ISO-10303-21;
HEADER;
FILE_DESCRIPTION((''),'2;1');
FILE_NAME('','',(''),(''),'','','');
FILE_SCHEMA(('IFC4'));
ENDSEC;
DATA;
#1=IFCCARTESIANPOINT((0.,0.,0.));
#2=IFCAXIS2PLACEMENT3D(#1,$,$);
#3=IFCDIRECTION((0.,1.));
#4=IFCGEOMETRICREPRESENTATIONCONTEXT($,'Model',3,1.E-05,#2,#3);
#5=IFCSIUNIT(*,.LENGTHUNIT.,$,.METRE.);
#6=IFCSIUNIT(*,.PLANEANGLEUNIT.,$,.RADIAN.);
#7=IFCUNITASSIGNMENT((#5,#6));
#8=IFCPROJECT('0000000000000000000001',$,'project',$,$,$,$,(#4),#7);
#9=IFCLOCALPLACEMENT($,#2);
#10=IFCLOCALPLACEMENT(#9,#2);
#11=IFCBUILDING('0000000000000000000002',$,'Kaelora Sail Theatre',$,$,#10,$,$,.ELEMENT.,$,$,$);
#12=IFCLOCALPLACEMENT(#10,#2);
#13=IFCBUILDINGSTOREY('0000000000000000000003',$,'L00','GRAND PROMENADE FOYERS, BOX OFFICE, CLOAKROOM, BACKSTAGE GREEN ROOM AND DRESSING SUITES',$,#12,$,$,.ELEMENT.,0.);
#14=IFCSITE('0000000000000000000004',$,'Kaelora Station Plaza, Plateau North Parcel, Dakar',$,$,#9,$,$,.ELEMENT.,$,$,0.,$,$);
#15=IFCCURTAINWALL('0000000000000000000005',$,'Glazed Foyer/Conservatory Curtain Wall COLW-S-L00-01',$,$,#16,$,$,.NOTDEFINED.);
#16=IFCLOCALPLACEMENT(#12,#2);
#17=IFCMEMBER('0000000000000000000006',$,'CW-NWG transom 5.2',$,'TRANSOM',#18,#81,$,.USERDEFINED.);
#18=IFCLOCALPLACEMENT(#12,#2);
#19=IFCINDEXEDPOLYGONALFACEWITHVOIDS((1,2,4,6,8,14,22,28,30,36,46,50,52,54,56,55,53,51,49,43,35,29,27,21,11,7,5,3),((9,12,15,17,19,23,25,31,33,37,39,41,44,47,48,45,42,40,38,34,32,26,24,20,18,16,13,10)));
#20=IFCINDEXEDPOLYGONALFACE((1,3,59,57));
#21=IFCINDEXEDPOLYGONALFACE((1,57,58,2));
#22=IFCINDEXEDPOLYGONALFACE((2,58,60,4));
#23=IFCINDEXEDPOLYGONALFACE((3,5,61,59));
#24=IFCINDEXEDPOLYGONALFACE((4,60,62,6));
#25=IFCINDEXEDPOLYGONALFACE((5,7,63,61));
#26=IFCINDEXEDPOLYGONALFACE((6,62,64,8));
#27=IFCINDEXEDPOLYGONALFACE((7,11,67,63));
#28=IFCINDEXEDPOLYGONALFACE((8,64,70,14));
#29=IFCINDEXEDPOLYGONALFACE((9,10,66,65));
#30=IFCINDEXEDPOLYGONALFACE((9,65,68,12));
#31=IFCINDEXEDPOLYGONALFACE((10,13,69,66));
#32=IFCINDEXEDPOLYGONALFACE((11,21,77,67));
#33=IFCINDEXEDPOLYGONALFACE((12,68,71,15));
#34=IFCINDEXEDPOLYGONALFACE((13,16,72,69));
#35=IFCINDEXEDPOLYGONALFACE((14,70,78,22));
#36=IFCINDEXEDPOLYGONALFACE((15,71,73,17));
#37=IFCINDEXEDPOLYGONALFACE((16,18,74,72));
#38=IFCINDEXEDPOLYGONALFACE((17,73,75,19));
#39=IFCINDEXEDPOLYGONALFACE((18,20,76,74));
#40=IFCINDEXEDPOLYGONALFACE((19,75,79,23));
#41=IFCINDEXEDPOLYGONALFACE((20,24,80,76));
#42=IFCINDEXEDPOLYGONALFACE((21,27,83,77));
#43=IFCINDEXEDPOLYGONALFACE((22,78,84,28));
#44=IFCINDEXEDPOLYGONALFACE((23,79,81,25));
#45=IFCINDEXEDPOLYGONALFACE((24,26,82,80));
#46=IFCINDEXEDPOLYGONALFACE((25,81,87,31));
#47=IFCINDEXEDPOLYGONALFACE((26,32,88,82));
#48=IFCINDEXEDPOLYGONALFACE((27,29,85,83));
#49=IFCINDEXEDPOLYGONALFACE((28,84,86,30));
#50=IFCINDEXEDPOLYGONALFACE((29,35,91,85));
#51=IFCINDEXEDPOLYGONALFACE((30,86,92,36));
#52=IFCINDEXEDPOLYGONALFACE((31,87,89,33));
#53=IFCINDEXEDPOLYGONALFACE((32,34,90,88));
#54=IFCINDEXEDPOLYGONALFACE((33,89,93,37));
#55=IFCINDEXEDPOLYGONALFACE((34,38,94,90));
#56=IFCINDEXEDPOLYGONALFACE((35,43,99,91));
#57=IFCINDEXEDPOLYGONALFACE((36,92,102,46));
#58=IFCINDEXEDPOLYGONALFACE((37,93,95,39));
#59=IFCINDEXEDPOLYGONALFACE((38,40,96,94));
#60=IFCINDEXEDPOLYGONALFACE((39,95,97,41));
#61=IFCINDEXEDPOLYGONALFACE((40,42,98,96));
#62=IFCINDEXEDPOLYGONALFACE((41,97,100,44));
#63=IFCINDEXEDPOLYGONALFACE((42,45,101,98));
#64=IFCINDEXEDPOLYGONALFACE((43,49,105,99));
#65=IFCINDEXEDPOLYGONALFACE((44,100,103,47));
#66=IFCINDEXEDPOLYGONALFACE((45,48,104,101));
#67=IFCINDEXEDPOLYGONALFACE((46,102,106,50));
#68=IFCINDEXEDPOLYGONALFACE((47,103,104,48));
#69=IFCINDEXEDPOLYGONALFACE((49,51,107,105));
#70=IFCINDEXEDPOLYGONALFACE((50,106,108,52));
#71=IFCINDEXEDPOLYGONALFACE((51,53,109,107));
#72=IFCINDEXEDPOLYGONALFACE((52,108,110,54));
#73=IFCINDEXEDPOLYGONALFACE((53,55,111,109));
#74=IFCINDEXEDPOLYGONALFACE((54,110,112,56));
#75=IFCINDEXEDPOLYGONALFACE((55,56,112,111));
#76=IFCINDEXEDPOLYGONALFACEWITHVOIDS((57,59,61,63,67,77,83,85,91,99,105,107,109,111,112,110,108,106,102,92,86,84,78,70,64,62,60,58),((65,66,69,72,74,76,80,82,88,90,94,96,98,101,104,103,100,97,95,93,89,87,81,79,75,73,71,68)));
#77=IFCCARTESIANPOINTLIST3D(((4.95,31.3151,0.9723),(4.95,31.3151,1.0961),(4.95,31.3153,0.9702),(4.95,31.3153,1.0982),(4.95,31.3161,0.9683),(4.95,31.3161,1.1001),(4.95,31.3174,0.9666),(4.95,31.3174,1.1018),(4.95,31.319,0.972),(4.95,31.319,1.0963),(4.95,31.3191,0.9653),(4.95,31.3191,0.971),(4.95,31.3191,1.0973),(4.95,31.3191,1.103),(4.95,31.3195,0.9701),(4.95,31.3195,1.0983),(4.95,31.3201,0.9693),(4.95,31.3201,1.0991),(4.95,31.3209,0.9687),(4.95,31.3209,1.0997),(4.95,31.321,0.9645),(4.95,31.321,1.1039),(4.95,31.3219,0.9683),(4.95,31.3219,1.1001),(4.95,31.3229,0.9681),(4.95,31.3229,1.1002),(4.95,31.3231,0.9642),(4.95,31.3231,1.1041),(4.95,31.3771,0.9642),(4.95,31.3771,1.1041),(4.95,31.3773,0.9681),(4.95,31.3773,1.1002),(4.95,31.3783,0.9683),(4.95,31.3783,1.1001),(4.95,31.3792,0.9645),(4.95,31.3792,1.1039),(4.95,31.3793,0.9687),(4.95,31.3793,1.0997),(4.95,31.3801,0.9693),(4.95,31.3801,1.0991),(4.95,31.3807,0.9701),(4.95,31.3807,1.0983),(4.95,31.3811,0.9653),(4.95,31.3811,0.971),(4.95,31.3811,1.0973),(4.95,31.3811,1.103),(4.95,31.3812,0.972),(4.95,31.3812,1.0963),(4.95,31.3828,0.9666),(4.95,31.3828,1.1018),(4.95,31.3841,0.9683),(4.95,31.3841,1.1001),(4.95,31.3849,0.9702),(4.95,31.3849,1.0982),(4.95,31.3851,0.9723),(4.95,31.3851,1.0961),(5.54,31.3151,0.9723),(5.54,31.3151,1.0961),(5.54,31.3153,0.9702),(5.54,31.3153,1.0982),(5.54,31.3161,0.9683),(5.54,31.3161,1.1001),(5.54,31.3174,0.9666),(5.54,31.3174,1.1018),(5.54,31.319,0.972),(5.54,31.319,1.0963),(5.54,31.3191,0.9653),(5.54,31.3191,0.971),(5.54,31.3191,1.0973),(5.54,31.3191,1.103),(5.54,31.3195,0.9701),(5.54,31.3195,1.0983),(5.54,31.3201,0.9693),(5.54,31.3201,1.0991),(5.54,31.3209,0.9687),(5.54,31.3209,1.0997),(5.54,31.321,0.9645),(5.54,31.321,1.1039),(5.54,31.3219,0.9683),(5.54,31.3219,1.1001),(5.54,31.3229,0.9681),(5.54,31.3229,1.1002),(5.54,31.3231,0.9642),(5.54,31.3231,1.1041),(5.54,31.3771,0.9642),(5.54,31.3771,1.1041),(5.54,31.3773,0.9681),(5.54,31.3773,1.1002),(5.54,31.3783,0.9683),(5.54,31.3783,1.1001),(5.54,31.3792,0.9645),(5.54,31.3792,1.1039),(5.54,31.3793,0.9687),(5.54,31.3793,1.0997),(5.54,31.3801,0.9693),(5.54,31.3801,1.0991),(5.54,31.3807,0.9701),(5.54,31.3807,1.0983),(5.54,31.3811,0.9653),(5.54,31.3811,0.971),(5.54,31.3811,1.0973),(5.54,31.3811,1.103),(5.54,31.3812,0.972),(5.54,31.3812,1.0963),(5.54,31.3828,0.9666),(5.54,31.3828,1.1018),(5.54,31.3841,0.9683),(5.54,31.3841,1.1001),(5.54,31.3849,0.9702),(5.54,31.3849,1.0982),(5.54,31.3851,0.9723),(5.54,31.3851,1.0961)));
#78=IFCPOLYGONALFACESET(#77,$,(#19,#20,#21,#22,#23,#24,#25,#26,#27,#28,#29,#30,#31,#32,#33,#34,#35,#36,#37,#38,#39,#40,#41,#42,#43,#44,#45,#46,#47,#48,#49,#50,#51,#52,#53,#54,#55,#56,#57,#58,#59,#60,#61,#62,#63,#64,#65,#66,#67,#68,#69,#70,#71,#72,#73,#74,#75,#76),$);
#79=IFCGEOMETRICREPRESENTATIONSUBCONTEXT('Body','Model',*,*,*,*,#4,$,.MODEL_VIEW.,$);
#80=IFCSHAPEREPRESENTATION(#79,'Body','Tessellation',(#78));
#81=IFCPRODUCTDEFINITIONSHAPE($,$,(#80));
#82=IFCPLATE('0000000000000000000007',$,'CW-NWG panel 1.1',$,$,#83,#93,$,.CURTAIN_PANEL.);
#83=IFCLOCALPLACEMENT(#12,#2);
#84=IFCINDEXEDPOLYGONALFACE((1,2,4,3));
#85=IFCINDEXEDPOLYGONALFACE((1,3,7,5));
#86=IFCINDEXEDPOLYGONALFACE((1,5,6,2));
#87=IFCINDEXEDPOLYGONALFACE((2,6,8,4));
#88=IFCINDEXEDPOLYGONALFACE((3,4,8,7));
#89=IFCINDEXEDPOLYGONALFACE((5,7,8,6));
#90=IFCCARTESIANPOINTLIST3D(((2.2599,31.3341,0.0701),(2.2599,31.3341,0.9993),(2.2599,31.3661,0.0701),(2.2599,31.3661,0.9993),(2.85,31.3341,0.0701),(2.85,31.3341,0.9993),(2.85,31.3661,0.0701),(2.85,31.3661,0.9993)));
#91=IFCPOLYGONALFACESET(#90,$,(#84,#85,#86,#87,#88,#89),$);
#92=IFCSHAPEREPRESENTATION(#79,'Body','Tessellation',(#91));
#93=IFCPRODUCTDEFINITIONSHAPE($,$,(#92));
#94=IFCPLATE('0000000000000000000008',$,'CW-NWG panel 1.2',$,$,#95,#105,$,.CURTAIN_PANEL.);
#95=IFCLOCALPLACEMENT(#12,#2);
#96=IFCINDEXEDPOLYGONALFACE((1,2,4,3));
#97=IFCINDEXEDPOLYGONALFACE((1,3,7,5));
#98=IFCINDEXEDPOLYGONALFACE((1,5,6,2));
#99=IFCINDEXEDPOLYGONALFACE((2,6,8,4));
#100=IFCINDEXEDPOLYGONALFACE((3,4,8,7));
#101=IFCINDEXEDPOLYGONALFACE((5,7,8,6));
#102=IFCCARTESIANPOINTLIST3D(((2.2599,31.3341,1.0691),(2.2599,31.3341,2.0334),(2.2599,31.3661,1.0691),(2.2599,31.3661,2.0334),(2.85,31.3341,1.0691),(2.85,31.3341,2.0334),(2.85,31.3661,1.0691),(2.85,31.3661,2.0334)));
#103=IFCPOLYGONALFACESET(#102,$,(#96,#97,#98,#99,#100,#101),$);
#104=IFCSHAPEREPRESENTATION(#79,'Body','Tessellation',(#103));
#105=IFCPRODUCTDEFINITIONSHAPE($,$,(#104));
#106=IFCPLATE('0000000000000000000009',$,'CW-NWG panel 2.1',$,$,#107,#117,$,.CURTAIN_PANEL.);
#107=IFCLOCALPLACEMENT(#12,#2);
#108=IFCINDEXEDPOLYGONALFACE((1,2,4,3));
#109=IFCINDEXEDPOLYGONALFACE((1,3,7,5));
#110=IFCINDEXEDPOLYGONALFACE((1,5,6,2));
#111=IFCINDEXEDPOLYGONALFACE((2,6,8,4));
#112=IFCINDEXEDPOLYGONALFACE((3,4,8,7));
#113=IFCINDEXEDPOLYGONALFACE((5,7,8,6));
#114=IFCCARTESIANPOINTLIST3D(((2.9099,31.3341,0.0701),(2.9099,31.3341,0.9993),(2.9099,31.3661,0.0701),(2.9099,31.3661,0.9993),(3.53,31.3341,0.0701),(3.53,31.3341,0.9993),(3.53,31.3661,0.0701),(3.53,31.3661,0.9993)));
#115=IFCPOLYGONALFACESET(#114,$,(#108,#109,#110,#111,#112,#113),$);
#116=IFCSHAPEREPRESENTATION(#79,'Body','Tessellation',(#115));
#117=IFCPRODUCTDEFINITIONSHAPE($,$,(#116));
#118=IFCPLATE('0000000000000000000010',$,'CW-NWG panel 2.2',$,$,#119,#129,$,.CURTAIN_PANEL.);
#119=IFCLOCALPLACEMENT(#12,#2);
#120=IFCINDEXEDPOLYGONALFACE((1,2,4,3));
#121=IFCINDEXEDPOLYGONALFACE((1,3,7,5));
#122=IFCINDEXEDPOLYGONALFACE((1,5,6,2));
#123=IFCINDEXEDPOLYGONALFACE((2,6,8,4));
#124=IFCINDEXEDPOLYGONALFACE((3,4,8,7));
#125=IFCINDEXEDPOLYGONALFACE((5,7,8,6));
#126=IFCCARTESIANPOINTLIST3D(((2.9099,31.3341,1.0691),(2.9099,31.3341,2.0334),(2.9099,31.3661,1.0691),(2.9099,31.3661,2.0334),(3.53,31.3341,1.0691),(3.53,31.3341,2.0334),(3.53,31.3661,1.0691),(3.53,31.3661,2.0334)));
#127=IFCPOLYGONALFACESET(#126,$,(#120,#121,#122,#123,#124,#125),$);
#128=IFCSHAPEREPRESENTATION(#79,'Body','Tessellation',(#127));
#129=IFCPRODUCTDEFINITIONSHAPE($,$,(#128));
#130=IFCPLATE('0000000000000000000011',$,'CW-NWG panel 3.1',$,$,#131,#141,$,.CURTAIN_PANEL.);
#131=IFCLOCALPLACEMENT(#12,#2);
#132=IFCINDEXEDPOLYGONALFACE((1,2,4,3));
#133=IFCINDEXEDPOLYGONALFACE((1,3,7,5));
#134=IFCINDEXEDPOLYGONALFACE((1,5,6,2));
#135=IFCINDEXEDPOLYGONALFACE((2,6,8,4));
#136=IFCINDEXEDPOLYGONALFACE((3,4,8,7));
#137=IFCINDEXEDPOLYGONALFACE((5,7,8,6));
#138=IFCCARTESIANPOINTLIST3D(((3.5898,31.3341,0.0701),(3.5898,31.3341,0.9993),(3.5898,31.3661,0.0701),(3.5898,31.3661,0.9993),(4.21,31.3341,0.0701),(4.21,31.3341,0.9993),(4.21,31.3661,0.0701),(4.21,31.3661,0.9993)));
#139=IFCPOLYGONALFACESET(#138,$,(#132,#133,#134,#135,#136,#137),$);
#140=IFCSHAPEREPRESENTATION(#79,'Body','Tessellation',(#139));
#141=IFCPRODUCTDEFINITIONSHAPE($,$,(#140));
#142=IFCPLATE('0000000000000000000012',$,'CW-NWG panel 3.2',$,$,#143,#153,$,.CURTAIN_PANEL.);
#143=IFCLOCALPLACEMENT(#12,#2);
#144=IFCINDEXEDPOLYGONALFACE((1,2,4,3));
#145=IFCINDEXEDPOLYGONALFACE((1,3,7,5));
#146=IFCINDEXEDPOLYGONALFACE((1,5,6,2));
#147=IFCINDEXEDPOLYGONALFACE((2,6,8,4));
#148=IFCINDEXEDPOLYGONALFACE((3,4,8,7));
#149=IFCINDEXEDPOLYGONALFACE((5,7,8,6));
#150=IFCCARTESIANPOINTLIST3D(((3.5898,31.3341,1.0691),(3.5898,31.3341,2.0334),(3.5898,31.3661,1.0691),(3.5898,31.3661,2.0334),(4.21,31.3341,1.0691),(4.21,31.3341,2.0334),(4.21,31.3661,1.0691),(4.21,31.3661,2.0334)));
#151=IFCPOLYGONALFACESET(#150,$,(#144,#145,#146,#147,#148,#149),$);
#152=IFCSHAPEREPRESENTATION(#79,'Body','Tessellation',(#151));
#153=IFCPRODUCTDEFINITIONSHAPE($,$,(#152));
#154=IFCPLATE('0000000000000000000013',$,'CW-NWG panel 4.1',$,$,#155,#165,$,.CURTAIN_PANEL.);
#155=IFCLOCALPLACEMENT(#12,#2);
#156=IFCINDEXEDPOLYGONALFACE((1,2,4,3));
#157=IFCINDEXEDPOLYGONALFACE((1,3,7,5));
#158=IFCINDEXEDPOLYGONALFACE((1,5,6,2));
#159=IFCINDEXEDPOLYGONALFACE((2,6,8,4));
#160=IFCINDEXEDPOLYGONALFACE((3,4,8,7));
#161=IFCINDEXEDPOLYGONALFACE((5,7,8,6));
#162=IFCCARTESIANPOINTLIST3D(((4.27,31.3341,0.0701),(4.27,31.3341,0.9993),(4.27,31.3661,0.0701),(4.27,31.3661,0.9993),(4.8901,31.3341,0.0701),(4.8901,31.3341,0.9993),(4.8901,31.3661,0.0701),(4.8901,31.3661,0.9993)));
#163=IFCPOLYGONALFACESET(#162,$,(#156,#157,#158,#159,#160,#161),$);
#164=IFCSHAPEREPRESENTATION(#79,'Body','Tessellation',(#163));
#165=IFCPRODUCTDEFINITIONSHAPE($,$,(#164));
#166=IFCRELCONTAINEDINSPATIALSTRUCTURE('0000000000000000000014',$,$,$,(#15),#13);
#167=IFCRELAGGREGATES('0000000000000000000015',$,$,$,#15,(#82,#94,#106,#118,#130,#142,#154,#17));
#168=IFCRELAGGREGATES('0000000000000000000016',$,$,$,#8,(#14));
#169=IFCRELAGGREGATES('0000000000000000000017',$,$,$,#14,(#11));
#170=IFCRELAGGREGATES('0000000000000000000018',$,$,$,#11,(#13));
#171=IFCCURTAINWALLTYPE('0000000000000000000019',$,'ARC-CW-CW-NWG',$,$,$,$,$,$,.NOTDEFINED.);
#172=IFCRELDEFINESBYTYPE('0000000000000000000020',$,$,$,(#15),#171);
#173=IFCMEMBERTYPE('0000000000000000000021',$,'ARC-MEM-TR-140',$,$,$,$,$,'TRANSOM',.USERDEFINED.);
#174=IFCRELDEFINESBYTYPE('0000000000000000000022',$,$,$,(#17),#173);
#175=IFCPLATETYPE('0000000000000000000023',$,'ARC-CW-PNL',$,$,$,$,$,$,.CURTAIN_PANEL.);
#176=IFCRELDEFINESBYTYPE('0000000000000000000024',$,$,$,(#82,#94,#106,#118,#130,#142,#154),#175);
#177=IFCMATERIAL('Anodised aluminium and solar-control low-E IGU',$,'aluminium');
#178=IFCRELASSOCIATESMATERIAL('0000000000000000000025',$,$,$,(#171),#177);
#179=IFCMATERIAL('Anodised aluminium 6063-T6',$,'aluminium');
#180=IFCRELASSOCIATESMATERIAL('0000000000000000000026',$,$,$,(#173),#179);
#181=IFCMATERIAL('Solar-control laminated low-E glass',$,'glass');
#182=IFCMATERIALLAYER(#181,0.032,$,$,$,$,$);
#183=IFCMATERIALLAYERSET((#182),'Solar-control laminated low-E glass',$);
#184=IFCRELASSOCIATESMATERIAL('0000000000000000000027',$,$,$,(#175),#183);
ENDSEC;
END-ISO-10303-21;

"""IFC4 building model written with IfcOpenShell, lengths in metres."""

from ifc_helpers import new_model, si_unit, direction, frame, origin, origin_2d, place, context, subcontext, project, spatial, rectangle, hollow_rectangle, extrude, material, layer, layer_set, material_profile, profile_set, type_object, element, aggregate, save


model = new_model("IFC4")

# Units and contexts
model_context = context("Model", 3, precision=1e-05, world=origin(), true_north=direction((0.0, 1.0)))
body_context = subcontext(model_context, "Body", "Model", "MODEL_VIEW")
ifc_project = project(units=[si_unit("LENGTHUNIT", "METRE"), si_unit("PLANEANGLEUNIT", "RADIAN")], contexts=[model_context])

# Site, building, storey
site_placement = place(None, origin())
site = spatial("IfcSite", under=ifc_project, at=site_placement, Name="Kaelora Station Plaza, Plateau North Parcel, Dakar", CompositionType="ELEMENT", RefElevation=0.0)
building_placement = place(site_placement, origin())
building = spatial("IfcBuilding", under=site, at=building_placement, Name="Kaelora Sail Theatre", CompositionType="ELEMENT")
storey_placement = place(building_placement, origin())
storey = spatial("IfcBuildingStorey", under=building, at=storey_placement, Name="L00", Description="GRAND PROMENADE FOYERS, BOX OFFICE, CLOAKROOM, BACKSTAGE GREEN ROOM AND DRESSING SUITES", CompositionType="ELEMENT", Elevation=0.0)

# Curtain wall, member, plates
ifc_material_1 = material(Name="Anodised aluminium and solar-control low-E IGU", Category="aluminium")
curtain_wall_type = type_object("IfcCurtainWallType", Name="ARC-CW-CW-NWG", PredefinedType="NOTDEFINED", material=ifc_material_1)
curtain_wall_placement = place(storey_placement, origin())
curtain_wall = element("IfcCurtainWall", 1, at=curtain_wall_placement, inside=storey, type_object=curtain_wall_type, Name="Glazed Foyer/Conservatory Curtain Wall COLW-S-L00-01", PredefinedType="NOTDEFINED")
ifc_material_2 = material(Name="Anodised aluminium 6063-T6", Category="aluminium")
ifc_material_profile_1 = material_profile(ifc_material_2, hollow_rectangle(XDim=0.0701, YDim=0.1399, WallThickness=0.0039, InnerFilletRadius=0.0039, OuterFilletRadius=0.0081, at=origin_2d()), Name="ALU-TRAN 70x140x4")
ifc_profile_set_1 = profile_set([ifc_material_profile_1], Name="Anodised aluminium 6063-T6")
member_type_1 = type_object("IfcMemberType", Name="ARC-MEM-TR-140", ElementType="TRANSOM", PredefinedType="USERDEFINED", material=ifc_profile_set_1)
member_1_placement = place(storey_placement, frame((4.95, 31.3501, 1.0342), z_axis=(1.0, 0.0, 0.0), x_axis=(0.0, 1.0, 0.0)))
member_1 = element("IfcMember", 2, at=member_1_placement, type_object=member_type_1, Name="CW-NWG transom 5.2", ObjectType="TRANSOM", PredefinedType="USERDEFINED", context=body_context, shape_type="SweptSolid", body=[
    extrude(hollow_rectangle(XDim=0.0701, YDim=0.1399, WallThickness=0.0039, InnerFilletRadius=0.0039, OuterFilletRadius=0.0081, at=origin_2d()), origin(), (0.0, 0.0, 1.0), 0.5901),
])
ifc_material_3 = material(Name="Solar-control laminated low-E glass", Category="glass")
ifc_layer = layer(ifc_material_3, 0.032)
ifc_layer_set = layer_set([ifc_layer], Name="Solar-control laminated low-E glass")
plate_type = type_object("IfcPlateType", Name="ARC-CW-PNL", PredefinedType="CURTAIN_PANEL", material=ifc_layer_set)
plate_1_placement = place(storey_placement, frame((2.5549, 31.3501, 0.0701), z_axis=(0.0, 0.0, 1.0), x_axis=(1.0, 0.0, 0.0)))
plate_1 = element("IfcPlate", 3, at=plate_1_placement, type_object=plate_type, Name="CW-NWG panel 1.1", PredefinedType="CURTAIN_PANEL", context=body_context, shape_type="SweptSolid", body=[
    extrude(rectangle(XDim=0.5901, YDim=0.032, at=origin_2d()), origin(), (0.0, 0.0, 1.0), 0.9292),
])
plate_2_placement = place(storey_placement, frame((2.5549, 31.3501, 1.0691), z_axis=(0.0, 0.0, 1.0), x_axis=(1.0, 0.0, 0.0)))
plate_2 = element("IfcPlate", 4, at=plate_2_placement, type_object=plate_type, Name="CW-NWG panel 1.2", PredefinedType="CURTAIN_PANEL", context=body_context, shape_type="SweptSolid", body=[
    extrude(rectangle(XDim=0.5901, YDim=0.032, at=origin_2d()), origin(), (0.0, 0.0, 1.0), 0.9644),
])
plate_3_placement = place(storey_placement, frame((3.22, 31.3501, 0.0701), z_axis=(0.0, 0.0, 1.0), x_axis=(1.0, 0.0, 0.0)))
plate_3 = element("IfcPlate", 5, at=plate_3_placement, type_object=plate_type, Name="CW-NWG panel 2.1", PredefinedType="CURTAIN_PANEL", context=body_context, shape_type="SweptSolid", body=[
    extrude(rectangle(XDim=0.6201, YDim=0.032, at=origin_2d()), origin(), (0.0, 0.0, 1.0), 0.9292),
])
plate_4_placement = place(storey_placement, frame((3.22, 31.3501, 1.0691), z_axis=(0.0, 0.0, 1.0), x_axis=(1.0, 0.0, 0.0)))
plate_4 = element("IfcPlate", 6, at=plate_4_placement, type_object=plate_type, Name="CW-NWG panel 2.2", PredefinedType="CURTAIN_PANEL", context=body_context, shape_type="SweptSolid", body=[
    extrude(rectangle(XDim=0.6201, YDim=0.032, at=origin_2d()), origin(), (0.0, 0.0, 1.0), 0.9644),
])
plate_5_placement = place(storey_placement, frame((3.8999, 31.3501, 0.0701), z_axis=(0.0, 0.0, 1.0), x_axis=(1.0, 0.0, 0.0)))
plate_5 = element("IfcPlate", 7, at=plate_5_placement, type_object=plate_type, Name="CW-NWG panel 3.1", PredefinedType="CURTAIN_PANEL", context=body_context, shape_type="SweptSolid", body=[
    extrude(rectangle(XDim=0.6201, YDim=0.032, at=origin_2d()), origin(), (0.0, 0.0, 1.0), 0.9292),
])
plate_6_placement = place(storey_placement, frame((3.8999, 31.3501, 1.0691), z_axis=(0.0, 0.0, 1.0), x_axis=(1.0, 0.0, 0.0)))
plate_6 = element("IfcPlate", 8, at=plate_6_placement, type_object=plate_type, Name="CW-NWG panel 3.2", PredefinedType="CURTAIN_PANEL", context=body_context, shape_type="SweptSolid", body=[
    extrude(rectangle(XDim=0.6201, YDim=0.032, at=origin_2d()), origin(), (0.0, 0.0, 1.0), 0.9644),
])
plate_7_placement = place(storey_placement, frame((4.5801, 31.3501, 0.0701), z_axis=(0.0, 0.0, 1.0), x_axis=(1.0, 0.0, 0.0)))
plate_7 = element("IfcPlate", 9, at=plate_7_placement, type_object=plate_type, Name="CW-NWG panel 4.1", PredefinedType="CURTAIN_PANEL", context=body_context, shape_type="SweptSolid", body=[
    extrude(rectangle(XDim=0.6201, YDim=0.032, at=origin_2d()), origin(), (0.0, 0.0, 1.0), 0.9292),
])
aggregate(curtain_wall, [plate_1, plate_2, plate_3, plate_4, plate_5, plate_6, plate_7, member_1])

save(model, "model.ifc")
